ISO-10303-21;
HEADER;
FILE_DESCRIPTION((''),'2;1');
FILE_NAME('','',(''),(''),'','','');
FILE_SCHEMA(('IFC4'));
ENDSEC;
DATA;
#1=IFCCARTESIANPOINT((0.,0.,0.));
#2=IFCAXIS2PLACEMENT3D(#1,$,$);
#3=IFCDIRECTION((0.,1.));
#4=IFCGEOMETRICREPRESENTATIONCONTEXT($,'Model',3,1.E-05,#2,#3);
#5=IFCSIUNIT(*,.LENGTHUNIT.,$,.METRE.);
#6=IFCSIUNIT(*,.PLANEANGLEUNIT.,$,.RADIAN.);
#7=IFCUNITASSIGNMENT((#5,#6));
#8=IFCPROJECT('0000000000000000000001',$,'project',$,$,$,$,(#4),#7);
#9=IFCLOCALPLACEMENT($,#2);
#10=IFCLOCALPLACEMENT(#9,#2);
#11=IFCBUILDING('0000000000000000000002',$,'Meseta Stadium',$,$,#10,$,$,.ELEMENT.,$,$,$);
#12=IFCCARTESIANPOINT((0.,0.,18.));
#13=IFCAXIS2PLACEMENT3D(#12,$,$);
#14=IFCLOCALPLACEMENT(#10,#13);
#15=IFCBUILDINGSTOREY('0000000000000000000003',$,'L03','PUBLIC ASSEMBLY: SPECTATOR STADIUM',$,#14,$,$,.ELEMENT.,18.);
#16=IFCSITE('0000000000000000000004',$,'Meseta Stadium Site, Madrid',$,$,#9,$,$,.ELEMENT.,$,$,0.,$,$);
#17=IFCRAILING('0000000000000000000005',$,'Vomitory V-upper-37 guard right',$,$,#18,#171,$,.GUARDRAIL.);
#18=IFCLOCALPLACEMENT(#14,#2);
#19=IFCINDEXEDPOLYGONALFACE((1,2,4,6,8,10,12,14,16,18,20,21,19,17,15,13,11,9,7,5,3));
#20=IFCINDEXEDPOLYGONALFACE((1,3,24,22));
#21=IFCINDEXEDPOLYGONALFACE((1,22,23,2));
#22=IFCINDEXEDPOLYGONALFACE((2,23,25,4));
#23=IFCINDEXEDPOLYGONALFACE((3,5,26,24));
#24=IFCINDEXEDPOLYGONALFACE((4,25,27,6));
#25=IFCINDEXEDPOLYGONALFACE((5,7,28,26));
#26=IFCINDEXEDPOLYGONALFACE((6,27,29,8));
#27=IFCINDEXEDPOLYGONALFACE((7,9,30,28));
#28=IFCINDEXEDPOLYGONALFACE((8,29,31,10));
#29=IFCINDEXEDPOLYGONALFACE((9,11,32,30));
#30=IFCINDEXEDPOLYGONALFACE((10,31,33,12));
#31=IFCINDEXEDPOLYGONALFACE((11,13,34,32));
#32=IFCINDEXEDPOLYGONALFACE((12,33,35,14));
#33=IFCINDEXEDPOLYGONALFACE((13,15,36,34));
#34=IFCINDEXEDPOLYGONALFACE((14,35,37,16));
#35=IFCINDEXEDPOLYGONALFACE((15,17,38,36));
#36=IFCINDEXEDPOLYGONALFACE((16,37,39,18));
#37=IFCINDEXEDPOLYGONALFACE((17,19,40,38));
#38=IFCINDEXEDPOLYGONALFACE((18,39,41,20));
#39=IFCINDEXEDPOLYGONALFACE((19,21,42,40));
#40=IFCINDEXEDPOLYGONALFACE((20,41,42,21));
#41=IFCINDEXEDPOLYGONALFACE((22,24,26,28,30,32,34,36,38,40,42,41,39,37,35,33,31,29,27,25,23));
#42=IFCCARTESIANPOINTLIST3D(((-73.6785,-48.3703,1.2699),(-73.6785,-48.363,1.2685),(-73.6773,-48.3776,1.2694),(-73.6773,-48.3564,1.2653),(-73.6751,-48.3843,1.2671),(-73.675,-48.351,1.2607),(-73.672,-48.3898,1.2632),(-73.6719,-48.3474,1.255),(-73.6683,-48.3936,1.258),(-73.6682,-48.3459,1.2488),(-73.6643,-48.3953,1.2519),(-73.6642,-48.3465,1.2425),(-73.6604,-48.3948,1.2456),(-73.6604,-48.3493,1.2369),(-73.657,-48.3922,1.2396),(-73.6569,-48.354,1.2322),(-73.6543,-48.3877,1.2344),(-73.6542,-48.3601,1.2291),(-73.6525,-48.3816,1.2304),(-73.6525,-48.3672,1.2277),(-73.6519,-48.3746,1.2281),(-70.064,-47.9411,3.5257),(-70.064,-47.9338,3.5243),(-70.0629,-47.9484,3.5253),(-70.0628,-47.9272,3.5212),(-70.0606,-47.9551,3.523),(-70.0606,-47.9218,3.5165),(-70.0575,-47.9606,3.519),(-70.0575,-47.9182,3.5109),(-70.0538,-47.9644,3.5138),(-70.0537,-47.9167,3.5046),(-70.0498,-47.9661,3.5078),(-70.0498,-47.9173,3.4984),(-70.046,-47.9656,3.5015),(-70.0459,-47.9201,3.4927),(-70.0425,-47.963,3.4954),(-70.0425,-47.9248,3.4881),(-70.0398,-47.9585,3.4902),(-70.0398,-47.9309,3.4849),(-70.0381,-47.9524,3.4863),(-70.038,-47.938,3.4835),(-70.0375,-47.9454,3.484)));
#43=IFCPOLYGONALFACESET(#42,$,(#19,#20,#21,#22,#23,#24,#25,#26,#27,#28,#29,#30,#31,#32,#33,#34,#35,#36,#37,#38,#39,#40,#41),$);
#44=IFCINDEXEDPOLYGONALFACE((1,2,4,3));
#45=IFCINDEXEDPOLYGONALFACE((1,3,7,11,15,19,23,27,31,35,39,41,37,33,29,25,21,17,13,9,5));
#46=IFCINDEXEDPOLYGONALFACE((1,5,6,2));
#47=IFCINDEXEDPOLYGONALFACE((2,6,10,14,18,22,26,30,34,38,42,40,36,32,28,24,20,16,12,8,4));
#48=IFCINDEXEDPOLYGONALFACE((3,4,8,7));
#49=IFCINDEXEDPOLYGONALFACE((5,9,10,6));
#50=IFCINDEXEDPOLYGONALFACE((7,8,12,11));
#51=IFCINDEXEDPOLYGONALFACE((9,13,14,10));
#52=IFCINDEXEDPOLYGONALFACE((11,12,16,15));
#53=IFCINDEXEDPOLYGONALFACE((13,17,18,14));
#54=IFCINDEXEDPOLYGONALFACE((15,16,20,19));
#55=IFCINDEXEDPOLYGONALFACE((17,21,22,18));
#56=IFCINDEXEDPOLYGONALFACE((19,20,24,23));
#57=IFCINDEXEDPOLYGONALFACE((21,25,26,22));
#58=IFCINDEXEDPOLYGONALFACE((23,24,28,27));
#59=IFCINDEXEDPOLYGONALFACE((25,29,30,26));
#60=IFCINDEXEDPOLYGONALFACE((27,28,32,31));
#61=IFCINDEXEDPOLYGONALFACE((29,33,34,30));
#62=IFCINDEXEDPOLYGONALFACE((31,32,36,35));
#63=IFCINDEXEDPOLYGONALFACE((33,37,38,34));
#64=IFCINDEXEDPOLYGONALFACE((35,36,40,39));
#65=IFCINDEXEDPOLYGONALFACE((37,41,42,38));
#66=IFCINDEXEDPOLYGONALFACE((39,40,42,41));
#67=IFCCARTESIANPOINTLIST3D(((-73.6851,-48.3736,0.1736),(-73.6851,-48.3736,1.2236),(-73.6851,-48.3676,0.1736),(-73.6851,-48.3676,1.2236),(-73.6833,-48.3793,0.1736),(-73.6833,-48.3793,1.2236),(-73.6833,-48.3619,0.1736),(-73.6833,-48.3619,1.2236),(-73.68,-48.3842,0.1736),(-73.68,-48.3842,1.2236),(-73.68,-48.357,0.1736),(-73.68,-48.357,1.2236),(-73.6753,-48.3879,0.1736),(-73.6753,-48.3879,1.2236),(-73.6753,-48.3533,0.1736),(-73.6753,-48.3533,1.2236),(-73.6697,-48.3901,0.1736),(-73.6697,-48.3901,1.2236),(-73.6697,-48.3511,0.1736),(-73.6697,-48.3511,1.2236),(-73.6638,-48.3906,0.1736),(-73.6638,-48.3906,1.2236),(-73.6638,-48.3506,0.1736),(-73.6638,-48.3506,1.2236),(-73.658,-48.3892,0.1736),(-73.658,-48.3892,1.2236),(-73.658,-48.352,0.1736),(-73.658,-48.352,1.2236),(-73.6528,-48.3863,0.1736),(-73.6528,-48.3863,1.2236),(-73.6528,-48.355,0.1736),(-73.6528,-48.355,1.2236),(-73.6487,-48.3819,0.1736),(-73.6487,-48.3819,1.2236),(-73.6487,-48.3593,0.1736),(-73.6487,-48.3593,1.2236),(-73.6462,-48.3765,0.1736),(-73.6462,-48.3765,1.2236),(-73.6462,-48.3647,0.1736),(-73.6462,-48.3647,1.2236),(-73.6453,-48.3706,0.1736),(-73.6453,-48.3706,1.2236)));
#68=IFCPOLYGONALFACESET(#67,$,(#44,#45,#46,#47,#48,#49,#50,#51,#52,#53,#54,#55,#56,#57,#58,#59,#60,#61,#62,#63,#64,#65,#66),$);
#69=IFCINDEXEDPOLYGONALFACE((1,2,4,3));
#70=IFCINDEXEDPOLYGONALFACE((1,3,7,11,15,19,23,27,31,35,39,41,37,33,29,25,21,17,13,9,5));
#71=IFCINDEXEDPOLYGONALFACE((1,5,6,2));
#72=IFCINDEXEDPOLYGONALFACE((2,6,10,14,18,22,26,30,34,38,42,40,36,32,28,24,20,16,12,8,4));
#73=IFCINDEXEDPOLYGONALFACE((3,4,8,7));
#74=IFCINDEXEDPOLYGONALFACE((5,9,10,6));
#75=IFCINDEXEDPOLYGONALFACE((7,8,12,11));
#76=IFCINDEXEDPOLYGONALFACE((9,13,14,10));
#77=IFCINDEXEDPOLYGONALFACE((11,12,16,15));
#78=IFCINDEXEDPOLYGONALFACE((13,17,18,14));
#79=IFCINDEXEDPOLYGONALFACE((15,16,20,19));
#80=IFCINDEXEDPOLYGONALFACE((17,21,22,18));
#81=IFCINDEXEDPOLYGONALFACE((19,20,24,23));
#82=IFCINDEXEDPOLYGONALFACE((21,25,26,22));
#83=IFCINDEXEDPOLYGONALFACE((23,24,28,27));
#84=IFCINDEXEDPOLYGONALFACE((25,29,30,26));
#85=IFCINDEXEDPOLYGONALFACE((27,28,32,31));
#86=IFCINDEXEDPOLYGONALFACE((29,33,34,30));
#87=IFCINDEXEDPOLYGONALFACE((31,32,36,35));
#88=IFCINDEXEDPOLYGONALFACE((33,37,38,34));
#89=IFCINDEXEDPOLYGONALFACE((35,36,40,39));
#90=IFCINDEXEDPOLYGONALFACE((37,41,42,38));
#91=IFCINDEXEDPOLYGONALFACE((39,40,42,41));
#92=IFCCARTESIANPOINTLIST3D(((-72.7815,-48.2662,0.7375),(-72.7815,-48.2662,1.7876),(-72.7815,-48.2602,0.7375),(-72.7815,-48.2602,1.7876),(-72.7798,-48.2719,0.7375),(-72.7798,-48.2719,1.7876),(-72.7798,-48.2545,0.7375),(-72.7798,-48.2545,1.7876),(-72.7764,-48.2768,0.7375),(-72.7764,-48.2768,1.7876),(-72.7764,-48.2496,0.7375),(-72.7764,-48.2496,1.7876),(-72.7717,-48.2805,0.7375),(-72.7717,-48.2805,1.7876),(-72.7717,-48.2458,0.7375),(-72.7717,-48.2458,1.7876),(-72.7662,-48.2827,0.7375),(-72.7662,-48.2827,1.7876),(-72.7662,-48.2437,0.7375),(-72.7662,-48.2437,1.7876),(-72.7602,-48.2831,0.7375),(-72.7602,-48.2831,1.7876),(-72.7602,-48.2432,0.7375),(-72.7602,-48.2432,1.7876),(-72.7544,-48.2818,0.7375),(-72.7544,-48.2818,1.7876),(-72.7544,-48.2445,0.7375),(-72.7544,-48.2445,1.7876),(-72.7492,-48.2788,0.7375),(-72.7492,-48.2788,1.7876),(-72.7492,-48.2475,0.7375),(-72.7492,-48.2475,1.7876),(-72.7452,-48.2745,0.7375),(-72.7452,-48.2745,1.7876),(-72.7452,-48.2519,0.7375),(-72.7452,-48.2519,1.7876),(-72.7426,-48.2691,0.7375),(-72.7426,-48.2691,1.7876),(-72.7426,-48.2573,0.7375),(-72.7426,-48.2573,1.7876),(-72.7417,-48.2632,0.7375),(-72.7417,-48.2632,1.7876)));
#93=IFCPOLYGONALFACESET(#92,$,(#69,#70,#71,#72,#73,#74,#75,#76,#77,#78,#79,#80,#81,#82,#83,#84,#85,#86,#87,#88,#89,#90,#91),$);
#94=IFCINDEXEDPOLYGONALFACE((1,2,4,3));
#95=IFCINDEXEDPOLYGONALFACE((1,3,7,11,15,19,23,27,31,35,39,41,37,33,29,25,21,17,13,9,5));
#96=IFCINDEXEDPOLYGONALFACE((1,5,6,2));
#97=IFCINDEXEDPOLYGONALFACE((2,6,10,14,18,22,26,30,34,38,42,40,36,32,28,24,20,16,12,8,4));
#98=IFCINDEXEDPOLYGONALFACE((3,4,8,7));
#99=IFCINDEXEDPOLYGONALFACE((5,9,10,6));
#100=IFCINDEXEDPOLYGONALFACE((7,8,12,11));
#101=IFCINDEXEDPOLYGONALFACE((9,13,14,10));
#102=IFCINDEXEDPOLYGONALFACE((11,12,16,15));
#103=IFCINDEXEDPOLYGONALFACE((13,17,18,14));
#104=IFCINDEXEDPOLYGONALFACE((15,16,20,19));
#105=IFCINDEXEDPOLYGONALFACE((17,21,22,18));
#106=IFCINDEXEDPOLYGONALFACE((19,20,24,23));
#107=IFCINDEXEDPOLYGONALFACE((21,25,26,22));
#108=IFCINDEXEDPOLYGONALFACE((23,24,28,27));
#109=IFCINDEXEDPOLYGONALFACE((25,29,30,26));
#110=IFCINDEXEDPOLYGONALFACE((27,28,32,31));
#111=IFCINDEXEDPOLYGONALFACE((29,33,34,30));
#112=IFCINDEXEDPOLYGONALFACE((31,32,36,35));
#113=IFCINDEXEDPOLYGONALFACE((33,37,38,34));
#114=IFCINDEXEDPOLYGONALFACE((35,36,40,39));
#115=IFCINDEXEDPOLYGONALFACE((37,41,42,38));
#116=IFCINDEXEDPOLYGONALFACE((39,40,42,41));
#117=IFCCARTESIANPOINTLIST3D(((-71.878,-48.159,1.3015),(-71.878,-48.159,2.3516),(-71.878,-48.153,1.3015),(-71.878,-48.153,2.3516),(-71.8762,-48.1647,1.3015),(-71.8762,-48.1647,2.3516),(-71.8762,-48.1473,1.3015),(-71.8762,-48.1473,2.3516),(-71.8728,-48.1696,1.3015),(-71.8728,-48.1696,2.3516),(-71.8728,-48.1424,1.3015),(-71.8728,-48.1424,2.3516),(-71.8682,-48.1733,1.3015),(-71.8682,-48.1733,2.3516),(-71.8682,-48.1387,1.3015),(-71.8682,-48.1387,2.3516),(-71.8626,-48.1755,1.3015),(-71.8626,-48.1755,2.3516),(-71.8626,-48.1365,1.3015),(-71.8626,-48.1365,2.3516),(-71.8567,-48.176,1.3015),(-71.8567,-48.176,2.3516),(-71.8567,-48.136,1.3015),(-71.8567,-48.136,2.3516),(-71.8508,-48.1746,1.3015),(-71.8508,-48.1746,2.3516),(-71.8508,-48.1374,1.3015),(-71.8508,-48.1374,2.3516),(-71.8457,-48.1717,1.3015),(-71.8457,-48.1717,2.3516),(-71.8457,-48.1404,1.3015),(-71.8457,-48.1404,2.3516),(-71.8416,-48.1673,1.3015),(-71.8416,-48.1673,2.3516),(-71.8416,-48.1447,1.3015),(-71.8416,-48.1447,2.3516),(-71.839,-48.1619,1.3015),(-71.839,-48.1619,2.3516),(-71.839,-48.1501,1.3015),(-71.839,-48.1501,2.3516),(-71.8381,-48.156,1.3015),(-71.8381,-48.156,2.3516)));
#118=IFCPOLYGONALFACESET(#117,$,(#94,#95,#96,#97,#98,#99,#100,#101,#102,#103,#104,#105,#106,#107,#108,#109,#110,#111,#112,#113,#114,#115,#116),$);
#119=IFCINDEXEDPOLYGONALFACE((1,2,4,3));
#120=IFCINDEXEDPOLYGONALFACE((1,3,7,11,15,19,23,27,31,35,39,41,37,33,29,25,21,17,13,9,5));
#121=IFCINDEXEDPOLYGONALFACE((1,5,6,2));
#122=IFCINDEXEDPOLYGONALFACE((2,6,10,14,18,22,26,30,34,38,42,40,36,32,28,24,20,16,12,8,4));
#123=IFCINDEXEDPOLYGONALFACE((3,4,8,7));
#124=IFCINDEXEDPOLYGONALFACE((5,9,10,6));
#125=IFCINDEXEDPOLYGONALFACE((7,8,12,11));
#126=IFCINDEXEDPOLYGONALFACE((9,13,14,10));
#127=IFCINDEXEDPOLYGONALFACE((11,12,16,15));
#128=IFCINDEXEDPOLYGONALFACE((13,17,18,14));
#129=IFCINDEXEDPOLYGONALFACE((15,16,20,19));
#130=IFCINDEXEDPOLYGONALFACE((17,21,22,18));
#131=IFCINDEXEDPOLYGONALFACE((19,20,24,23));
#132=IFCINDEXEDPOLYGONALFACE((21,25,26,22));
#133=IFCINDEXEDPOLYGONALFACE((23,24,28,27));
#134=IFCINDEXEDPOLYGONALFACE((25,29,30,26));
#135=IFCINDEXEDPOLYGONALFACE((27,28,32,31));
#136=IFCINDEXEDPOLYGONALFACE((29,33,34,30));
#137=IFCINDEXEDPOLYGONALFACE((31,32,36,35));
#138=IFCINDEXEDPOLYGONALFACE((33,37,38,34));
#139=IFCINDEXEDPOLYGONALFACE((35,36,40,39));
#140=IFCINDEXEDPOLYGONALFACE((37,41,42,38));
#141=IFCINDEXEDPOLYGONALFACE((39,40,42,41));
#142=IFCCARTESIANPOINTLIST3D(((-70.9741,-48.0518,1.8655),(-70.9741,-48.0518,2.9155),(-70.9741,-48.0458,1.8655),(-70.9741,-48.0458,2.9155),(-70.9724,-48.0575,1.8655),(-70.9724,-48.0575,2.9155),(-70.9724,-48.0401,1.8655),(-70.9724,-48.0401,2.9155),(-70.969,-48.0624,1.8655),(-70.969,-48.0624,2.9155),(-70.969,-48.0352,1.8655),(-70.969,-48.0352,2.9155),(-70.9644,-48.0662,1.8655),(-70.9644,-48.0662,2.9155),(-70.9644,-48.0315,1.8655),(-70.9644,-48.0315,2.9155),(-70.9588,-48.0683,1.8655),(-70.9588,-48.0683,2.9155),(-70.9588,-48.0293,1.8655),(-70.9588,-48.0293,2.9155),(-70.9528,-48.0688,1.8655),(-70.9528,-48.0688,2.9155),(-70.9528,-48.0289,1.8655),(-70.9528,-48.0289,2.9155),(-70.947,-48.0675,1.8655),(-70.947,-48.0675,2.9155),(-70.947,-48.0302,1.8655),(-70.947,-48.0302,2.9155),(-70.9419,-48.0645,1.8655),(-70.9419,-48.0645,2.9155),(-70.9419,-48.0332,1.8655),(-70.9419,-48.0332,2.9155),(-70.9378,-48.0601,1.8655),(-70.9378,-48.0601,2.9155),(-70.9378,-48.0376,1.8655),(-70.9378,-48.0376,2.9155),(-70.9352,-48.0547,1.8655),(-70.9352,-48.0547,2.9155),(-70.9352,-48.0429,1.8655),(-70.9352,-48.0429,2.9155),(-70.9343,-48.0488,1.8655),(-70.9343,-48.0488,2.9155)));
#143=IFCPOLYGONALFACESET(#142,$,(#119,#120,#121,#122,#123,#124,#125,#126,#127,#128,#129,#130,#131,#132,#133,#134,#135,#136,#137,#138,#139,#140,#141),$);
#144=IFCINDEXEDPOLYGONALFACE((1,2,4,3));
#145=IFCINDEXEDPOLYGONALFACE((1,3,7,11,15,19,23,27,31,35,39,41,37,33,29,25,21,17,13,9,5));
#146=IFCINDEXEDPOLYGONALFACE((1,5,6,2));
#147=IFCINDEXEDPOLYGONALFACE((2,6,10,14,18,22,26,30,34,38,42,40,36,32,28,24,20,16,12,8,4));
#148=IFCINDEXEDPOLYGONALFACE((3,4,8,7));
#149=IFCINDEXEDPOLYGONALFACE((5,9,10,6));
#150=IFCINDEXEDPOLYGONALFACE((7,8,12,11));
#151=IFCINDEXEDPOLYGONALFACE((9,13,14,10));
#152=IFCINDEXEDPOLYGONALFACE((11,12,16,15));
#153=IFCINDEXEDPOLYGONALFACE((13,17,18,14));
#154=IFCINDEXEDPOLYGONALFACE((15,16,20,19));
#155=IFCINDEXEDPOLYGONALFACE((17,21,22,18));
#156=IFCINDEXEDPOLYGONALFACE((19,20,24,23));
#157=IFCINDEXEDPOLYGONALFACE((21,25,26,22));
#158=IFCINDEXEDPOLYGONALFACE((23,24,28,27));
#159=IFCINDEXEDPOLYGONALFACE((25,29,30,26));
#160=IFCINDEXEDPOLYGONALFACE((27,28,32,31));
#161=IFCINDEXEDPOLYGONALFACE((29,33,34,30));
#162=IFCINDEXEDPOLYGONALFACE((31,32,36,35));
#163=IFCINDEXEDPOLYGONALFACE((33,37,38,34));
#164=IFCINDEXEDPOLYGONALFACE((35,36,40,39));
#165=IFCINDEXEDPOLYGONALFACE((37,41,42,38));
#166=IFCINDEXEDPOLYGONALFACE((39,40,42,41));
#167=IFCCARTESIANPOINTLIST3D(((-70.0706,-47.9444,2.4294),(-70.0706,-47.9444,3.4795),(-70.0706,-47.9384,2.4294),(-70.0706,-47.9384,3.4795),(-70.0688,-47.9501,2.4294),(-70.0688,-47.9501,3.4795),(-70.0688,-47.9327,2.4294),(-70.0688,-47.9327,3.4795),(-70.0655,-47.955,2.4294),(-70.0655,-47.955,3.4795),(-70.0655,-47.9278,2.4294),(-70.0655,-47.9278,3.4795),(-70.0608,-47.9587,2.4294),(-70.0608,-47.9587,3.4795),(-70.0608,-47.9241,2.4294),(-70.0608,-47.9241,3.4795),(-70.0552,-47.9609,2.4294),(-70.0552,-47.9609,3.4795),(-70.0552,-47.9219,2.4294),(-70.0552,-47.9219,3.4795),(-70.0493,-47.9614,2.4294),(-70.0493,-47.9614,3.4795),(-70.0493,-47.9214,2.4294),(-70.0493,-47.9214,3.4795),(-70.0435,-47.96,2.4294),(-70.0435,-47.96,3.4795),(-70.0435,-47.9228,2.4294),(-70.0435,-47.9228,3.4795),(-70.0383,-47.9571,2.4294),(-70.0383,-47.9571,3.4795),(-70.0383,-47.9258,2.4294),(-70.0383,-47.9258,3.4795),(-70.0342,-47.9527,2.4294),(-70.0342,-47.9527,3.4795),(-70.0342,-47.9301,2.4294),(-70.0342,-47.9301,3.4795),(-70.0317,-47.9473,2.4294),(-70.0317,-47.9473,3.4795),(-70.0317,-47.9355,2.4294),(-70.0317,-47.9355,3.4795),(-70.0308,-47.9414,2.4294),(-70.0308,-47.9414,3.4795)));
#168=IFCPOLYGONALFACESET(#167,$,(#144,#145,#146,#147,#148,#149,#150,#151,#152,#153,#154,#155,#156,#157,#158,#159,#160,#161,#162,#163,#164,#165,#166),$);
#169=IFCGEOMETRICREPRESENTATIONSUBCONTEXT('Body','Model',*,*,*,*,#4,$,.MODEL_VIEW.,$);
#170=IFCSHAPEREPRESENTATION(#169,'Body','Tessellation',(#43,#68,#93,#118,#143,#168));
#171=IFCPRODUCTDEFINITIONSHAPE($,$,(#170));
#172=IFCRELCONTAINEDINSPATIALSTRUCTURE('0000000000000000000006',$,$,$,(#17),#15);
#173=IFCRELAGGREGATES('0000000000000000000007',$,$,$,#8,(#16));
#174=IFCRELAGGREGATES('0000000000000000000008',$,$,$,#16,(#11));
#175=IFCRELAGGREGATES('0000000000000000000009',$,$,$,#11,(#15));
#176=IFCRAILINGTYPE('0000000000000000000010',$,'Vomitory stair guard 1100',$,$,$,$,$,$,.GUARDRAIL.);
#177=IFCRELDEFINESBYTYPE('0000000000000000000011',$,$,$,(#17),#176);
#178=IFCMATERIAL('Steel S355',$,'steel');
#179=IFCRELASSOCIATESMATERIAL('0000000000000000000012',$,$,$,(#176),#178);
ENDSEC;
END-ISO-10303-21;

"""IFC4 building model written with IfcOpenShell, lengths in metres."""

from ifc_helpers import new_model, si_unit, direction, frame, origin, origin_2d, place, context, subcontext, project, spatial, circle, extrude, material, type_object, element, save


model = new_model("IFC4")

# Units and contexts
model_context = context("Model", 3, precision=1e-05, world=origin(), true_north=direction((0.0, 1.0)))
body_context = subcontext(model_context, "Body", "Model", "MODEL_VIEW")
ifc_project = project(units=[si_unit("LENGTHUNIT", "METRE"), si_unit("PLANEANGLEUNIT", "RADIAN")], contexts=[model_context])

# Site, building, storey
site_placement = place(None, origin())
site = spatial("IfcSite", under=ifc_project, at=site_placement, Name="Meseta Stadium Site, Madrid", CompositionType="ELEMENT", RefElevation=0.0)
building_placement = place(site_placement, origin())
building = spatial("IfcBuilding", under=site, at=building_placement, Name="Meseta Stadium", CompositionType="ELEMENT")
storey_placement = place(building_placement, frame((0.0, 0.0, 18.0)))
storey = spatial("IfcBuildingStorey", under=building, at=storey_placement, Name="L03", Description="PUBLIC ASSEMBLY: SPECTATOR STADIUM", CompositionType="ELEMENT", Elevation=18.0)

# Railing
ifc_material_1 = material(Name="Steel S355", Category="steel")
railing_type_1 = type_object("IfcRailingType", Name="Vomitory stair guard 1100", PredefinedType="GUARDRAIL", material=ifc_material_1)
railing_1_placement = place(storey_placement, frame((-73.6653, -48.3706, 0.1736)))
element("IfcRailing", 1, at=railing_1_placement, inside=storey, type_object=railing_type_1, Name="Vomitory V-upper-37 guard right", PredefinedType="GUARDRAIL", context=body_context, shape_type="SweptSolid", body=[
    extrude(circle(Radius=0.0249, at=origin_2d()), frame((0.0, 0.0, 1.0752), z_axis=(0.844064, 0.100227, 0.526792), x_axis=(-0.117915, 0.993024, 0.0)), (0.0, 0.0, 1.0), 4.2822),
    extrude(circle(Radius=0.02, at=origin_2d()), origin(), (0.0, 0.0, 1.0), 1.05),
    extrude(circle(Radius=0.02, at=origin_2d()), frame((0.9036, 0.1074, 0.564)), (0.0, 0.0, 1.0), 1.05),
    extrude(circle(Radius=0.02, at=origin_2d()), frame((1.8071, 0.2146, 1.1279)), (0.0, 0.0, 1.0), 1.05),
    extrude(circle(Radius=0.02, at=origin_2d()), frame((2.7109, 0.3218, 1.6919)), (0.0, 0.0, 1.0), 1.05),
    extrude(circle(Radius=0.02, at=origin_2d()), frame((3.6145, 0.4292, 2.2559)), (0.0, 0.0, 1.0), 1.05),
])

save(model, "model.ifc")
